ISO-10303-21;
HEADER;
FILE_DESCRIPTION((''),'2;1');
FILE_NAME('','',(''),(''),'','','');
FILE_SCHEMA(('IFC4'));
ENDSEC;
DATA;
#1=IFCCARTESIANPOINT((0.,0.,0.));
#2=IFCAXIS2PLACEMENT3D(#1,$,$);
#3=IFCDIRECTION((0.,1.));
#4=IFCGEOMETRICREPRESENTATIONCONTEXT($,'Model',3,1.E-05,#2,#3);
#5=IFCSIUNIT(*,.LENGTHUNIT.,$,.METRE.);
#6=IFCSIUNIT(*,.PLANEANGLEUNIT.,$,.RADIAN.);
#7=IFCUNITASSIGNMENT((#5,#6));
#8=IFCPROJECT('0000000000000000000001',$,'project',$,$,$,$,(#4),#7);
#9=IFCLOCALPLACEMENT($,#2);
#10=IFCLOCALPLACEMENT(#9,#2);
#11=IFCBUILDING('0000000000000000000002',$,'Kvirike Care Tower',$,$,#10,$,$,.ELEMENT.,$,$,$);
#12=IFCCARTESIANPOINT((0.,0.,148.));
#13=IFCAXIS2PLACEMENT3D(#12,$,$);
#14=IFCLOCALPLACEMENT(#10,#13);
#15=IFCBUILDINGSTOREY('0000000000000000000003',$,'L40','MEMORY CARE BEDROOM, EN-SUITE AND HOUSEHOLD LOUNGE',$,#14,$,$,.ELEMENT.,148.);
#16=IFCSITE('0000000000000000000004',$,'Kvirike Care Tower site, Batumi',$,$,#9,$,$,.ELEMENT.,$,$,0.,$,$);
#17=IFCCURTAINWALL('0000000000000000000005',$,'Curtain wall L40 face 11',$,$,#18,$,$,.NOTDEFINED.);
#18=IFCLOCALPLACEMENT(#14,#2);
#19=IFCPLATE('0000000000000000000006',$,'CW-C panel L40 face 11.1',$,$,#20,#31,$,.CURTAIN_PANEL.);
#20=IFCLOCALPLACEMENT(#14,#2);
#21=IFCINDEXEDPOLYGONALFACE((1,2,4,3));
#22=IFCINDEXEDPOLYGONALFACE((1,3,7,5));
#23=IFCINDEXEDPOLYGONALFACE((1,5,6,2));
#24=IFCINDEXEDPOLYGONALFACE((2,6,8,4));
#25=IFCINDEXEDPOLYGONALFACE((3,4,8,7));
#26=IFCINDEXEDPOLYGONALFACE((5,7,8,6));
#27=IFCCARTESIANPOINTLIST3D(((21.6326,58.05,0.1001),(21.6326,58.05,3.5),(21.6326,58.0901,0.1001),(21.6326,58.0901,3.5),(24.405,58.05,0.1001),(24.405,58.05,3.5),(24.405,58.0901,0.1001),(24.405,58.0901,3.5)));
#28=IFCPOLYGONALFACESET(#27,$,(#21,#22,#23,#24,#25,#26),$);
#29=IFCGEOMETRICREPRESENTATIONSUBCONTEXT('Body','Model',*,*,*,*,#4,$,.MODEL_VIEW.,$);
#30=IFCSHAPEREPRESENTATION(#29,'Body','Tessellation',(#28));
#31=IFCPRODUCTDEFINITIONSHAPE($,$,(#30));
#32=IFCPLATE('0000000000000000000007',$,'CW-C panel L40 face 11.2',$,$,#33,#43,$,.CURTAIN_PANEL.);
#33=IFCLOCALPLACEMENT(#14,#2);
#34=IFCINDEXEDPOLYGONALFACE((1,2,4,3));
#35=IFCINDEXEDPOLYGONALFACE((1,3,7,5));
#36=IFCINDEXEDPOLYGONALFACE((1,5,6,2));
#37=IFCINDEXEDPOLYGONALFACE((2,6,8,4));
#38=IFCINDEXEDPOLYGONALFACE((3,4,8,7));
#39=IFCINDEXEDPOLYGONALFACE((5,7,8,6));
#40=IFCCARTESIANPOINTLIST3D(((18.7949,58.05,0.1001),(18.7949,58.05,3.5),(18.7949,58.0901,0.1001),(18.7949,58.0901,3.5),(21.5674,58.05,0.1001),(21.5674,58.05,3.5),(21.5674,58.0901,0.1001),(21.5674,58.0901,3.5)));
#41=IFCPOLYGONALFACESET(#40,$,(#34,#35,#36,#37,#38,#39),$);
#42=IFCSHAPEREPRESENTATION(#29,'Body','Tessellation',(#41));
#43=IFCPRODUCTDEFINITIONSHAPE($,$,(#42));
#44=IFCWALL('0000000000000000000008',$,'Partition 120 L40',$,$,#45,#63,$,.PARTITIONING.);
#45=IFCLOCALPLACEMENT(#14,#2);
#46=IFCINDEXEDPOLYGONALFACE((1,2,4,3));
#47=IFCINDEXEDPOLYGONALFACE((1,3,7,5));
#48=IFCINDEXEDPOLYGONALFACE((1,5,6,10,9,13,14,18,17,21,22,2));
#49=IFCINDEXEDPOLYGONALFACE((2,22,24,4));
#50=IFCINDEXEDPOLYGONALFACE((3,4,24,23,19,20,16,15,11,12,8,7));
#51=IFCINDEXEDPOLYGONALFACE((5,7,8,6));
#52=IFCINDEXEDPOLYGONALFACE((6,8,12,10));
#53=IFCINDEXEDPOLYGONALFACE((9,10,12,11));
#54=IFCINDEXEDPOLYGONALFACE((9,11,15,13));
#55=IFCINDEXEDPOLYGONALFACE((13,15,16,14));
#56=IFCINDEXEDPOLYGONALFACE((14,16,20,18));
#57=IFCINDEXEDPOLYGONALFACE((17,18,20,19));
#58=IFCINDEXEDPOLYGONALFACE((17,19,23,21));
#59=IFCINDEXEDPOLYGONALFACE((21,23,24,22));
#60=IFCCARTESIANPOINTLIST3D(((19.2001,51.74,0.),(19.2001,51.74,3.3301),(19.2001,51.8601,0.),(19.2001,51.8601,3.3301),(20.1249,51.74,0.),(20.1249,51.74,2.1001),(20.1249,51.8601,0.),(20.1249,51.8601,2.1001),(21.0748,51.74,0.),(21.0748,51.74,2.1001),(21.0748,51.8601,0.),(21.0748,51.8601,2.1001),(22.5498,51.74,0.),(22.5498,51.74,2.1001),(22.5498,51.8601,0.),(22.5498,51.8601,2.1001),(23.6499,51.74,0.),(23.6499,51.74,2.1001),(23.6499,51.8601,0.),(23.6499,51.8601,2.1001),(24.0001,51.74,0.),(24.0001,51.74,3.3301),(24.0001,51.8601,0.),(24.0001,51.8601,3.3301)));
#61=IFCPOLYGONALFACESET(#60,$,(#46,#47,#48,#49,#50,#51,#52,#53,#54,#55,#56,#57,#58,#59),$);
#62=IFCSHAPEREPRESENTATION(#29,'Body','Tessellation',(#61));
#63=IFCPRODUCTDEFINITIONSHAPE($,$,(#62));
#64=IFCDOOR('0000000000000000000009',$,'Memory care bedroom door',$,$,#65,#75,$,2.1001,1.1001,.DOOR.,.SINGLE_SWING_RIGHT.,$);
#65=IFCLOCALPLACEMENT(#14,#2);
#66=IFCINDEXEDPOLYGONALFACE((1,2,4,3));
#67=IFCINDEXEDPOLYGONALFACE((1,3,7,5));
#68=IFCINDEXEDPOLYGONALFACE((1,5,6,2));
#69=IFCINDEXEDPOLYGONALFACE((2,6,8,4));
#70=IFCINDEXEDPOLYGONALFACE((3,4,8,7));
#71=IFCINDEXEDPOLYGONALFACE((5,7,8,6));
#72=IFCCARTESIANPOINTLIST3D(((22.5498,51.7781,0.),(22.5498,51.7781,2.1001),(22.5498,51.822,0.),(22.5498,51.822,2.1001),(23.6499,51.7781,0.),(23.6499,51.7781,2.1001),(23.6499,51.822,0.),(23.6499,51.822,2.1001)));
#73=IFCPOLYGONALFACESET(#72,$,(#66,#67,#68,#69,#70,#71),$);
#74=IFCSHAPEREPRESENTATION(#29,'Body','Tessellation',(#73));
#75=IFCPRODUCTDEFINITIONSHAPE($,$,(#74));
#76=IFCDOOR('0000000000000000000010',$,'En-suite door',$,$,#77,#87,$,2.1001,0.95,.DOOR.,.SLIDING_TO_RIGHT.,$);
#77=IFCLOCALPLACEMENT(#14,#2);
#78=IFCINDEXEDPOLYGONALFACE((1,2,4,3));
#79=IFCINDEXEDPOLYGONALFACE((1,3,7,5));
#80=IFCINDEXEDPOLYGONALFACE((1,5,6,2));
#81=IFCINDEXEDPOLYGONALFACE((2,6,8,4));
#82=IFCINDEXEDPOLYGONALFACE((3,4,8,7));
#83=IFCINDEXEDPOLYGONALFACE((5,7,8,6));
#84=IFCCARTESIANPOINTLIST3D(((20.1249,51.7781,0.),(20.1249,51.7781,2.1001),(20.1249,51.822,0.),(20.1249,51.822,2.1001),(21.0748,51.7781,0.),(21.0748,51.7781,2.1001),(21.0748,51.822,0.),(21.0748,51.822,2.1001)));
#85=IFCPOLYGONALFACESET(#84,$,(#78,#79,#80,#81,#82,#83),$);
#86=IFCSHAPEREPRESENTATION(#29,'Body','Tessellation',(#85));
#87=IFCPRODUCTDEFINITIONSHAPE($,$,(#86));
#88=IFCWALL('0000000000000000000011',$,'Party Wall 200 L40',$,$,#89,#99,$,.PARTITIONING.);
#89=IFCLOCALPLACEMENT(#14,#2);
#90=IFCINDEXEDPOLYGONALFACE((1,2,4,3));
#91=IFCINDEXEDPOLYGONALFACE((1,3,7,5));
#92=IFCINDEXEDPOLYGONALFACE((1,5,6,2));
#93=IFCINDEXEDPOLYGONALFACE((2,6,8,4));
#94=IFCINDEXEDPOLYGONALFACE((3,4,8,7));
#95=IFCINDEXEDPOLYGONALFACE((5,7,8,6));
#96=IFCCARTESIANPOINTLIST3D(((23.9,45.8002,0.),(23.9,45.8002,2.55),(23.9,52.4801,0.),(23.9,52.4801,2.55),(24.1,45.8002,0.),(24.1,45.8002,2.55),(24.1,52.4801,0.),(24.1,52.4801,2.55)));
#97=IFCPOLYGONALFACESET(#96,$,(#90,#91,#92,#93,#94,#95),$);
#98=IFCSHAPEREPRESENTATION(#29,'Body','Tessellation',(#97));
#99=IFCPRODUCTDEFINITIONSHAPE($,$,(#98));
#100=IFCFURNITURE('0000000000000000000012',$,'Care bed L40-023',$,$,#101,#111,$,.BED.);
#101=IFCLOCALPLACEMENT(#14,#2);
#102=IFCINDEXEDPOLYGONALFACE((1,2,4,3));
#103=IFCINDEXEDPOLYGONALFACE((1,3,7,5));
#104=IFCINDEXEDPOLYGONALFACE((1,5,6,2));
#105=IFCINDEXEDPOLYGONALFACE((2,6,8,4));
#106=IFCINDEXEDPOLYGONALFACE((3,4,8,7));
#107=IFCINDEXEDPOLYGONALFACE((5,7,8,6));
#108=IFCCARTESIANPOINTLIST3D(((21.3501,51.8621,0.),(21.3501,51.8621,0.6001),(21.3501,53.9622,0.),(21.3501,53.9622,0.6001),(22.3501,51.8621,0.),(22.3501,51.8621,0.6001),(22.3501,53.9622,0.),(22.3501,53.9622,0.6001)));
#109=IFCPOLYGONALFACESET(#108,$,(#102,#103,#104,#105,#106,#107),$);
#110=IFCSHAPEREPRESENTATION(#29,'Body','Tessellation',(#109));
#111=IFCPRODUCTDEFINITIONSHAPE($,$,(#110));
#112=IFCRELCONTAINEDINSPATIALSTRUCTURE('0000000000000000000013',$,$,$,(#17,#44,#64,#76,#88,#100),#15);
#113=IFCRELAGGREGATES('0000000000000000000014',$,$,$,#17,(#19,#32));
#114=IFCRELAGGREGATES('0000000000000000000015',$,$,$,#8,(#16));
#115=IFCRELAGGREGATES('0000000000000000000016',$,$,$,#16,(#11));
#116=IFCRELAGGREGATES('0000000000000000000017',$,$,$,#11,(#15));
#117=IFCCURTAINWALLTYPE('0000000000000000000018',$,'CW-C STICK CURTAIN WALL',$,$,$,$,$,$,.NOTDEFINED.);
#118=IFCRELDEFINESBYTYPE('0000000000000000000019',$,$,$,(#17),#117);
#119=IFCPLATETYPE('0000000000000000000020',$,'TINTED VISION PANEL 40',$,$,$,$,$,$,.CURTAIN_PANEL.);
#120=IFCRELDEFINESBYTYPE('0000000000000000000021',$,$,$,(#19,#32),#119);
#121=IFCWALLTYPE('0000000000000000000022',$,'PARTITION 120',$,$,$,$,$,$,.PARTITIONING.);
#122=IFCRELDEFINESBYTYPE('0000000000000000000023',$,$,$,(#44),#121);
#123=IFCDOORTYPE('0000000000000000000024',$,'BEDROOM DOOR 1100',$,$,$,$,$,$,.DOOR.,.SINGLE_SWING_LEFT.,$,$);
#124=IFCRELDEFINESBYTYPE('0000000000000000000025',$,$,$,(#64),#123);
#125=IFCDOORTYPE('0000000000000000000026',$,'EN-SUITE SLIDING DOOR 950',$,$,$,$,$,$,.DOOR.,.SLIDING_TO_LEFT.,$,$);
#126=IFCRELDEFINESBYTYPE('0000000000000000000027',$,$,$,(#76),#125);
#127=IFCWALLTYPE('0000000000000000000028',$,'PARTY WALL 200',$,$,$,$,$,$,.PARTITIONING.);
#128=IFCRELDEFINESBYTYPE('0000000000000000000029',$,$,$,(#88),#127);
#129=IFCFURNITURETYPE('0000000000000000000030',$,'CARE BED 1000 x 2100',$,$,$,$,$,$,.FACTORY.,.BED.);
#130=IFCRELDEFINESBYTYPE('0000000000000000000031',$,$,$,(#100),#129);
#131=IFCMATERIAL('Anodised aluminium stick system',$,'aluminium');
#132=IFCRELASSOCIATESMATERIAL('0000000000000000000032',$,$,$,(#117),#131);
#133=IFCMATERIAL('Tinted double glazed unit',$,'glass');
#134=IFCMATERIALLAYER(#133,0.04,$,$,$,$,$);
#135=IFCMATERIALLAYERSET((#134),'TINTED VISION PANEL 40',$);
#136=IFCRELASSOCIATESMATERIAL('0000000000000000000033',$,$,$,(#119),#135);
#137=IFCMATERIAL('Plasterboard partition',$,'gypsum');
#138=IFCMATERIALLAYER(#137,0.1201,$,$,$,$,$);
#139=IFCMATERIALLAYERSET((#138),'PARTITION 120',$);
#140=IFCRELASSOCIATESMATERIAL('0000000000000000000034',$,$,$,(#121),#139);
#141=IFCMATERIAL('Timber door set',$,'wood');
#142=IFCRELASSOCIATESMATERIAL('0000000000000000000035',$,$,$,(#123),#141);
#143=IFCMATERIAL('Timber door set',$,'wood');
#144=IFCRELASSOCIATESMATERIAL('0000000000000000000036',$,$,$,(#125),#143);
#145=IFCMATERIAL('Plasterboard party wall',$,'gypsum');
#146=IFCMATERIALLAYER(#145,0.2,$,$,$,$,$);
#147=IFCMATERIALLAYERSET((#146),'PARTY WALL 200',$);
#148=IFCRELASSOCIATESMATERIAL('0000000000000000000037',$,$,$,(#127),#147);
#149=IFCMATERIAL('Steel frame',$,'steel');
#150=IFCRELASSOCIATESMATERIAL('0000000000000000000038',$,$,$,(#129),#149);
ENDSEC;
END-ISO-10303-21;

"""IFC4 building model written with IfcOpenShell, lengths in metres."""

from ifc_helpers import new_model, si_unit, direction, frame, frame_2d, origin, origin_2d, place, context, subcontext, project, spatial, rectangle, extrude, material, layer, layer_set, type_object, element, fill, aggregate, save


model = new_model("IFC4")

# Units and contexts
model_context = context("Model", 3, precision=1e-05, world=origin(), true_north=direction((0.0, 1.0)))
body_context = subcontext(model_context, "Body", "Model", "MODEL_VIEW")
ifc_project = project(units=[si_unit("LENGTHUNIT", "METRE"), si_unit("PLANEANGLEUNIT", "RADIAN")], contexts=[model_context])

# Site, building, storey
site_placement = place(None, origin())
site = spatial("IfcSite", under=ifc_project, at=site_placement, Name="Kvirike Care Tower site, Batumi", CompositionType="ELEMENT", RefElevation=0.0)
building_placement = place(site_placement, origin())
building = spatial("IfcBuilding", under=site, at=building_placement, Name="Kvirike Care Tower", CompositionType="ELEMENT")
storey_placement = place(building_placement, frame((0.0, 0.0, 148.0)))
storey = spatial("IfcBuildingStorey", under=building, at=storey_placement, Name="L40", Description="MEMORY CARE BEDROOM, EN-SUITE AND HOUSEHOLD LOUNGE", CompositionType="ELEMENT", Elevation=148.0)

# Shared definitions
ifc_material_1 = material(Name="Anodised aluminium stick system", Category="aluminium")
curtain_wall_type = type_object("IfcCurtainWallType", Name="CW-C STICK CURTAIN WALL", PredefinedType="NOTDEFINED", material=ifc_material_1)

# Curtain wall
curtain_wall_1_placement = place(storey_placement, origin())
curtain_wall_1 = element("IfcCurtainWall", 1, at=curtain_wall_1_placement, inside=storey, type_object=curtain_wall_type, Name="Curtain wall L40 face 11", PredefinedType="NOTDEFINED")

# Plates
ifc_material_2 = material(Name="Tinted double glazed unit", Category="glass")
ifc_layer_1 = layer(ifc_material_2, 0.04)
ifc_layer_set_1 = layer_set([ifc_layer_1], Name="TINTED VISION PANEL 40")
plate_type = type_object("IfcPlateType", Name="TINTED VISION PANEL 40", PredefinedType="CURTAIN_PANEL", material=ifc_layer_set_1)
plate_1_placement = place(storey_placement, frame((23.0188, 58.0701, 0.1001), z_axis=(0.0, 0.0, 1.0), x_axis=(-1.0, 0.0, 0.0)))
plate_1 = element("IfcPlate", 2, at=plate_1_placement, type_object=plate_type, Name="CW-C panel L40 face 11.1", PredefinedType="CURTAIN_PANEL", context=body_context, shape_type="SweptSolid", body=[
    extrude(rectangle(XDim=2.7725, YDim=0.04, at=origin_2d()), origin(), (0.0, 0.0, 1.0), 3.3999),
])
plate_2_placement = place(storey_placement, frame((20.1812, 58.0701, 0.1001), z_axis=(0.0, 0.0, 1.0), x_axis=(-1.0, 0.0, 0.0)))
plate_2 = element("IfcPlate", 3, at=plate_2_placement, type_object=plate_type, Name="CW-C panel L40 face 11.2", PredefinedType="CURTAIN_PANEL", context=body_context, shape_type="SweptSolid", body=[
    extrude(rectangle(XDim=2.7725, YDim=0.04, at=origin_2d()), origin(), (0.0, 0.0, 1.0), 3.3999),
])
aggregate(curtain_wall_1, [plate_1, plate_2])

# Wall, openings, doors
ifc_material_3 = material(Name="Plasterboard partition", Category="gypsum")
ifc_layer_2 = layer(ifc_material_3, 0.1201)
ifc_layer_set_2 = layer_set([ifc_layer_2], Name="PARTITION 120")
wall_type_1 = type_object("IfcWallType", Name="PARTITION 120", PredefinedType="PARTITIONING", material=ifc_layer_set_2)
wall_1_placement = place(storey_placement, frame((24.0, 51.8, 0.0), z_axis=(0.0, 0.0, 1.0), x_axis=(-1.0, 0.0, 0.0)))
wall_1 = element("IfcWall", 4, at=wall_1_placement, inside=storey, type_object=wall_type_1, Name="Partition 120 L40", PredefinedType="PARTITIONING", context=body_context, shape_type="SweptSolid", body=[
    extrude(rectangle(XDim=4.8, YDim=0.1201, at=frame_2d((2.3999, 0.0))), origin(), (0.0, 0.0, 1.0), 3.3301),
])
opening_1_placement = place(wall_1_placement, frame((0.3501, 0.0, 0.0)))
opening_1 = element("IfcOpeningElement", 5, at=opening_1_placement, cuts=wall_1, PredefinedType="OPENING", context=body_context, shape_type="SweptSolid", body=[
    extrude(rectangle(XDim=1.1001, YDim=2.1001, at=frame_2d((0.55, 1.05))), frame((0.0, 0.0706, 0.0), z_axis=(0.0, -1.0, 0.0), x_axis=(1.0, 0.0, 0.0)), (0.0, 0.0, 1.0), 0.1411),
])
opening_2_placement = place(wall_1_placement, frame((2.925, 0.0, 0.0)))
opening_2 = element("IfcOpeningElement", 6, at=opening_2_placement, cuts=wall_1, PredefinedType="OPENING", context=body_context, shape_type="SweptSolid", body=[
    extrude(rectangle(XDim=0.95, YDim=2.1001, at=frame_2d((0.4751, 1.05))), frame((0.0, 0.0706, 0.0), z_axis=(0.0, -1.0, 0.0), x_axis=(1.0, 0.0, 0.0)), (0.0, 0.0, 1.0), 0.1411),
])
ifc_material_4 = material(Name="Timber door set", Category="wood")
door_type_1 = type_object("IfcDoorType", Name="BEDROOM DOOR 1100", OperationType="SINGLE_SWING_LEFT", PredefinedType="DOOR", material=ifc_material_4)
door_1_placement = place(opening_1_placement, origin())
door_1 = element("IfcDoor", 7, at=door_1_placement, inside=storey, type_object=door_type_1, Name="Memory care bedroom door", OperationType="SINGLE_SWING_RIGHT", OverallHeight=2.1001, OverallWidth=1.1001, PredefinedType="DOOR", context=body_context, shape_type="SweptSolid", body=[
    extrude(rectangle(XDim=1.1001, YDim=2.1001, at=frame_2d((0.55, 1.05))), frame((0.0, 0.022, 0.0), z_axis=(0.0, -1.0, 0.0), x_axis=(1.0, 0.0, 0.0)), (0.0, 0.0, 1.0), 0.0439),
])
fill(opening_1, door_1)
ifc_material_5 = material(Name="Timber door set", Category="wood")
door_type_2 = type_object("IfcDoorType", Name="EN-SUITE SLIDING DOOR 950", OperationType="SLIDING_TO_LEFT", PredefinedType="DOOR", material=ifc_material_5)
door_2_placement = place(opening_2_placement, origin())
door_2 = element("IfcDoor", 8, at=door_2_placement, inside=storey, type_object=door_type_2, Name="En-suite door", OperationType="SLIDING_TO_RIGHT", OverallHeight=2.1001, OverallWidth=0.95, PredefinedType="DOOR", context=body_context, shape_type="SweptSolid", body=[
    extrude(rectangle(XDim=0.95, YDim=2.1001, at=frame_2d((0.4751, 1.05))), frame((0.0, 0.022, 0.0), z_axis=(0.0, -1.0, 0.0), x_axis=(1.0, 0.0, 0.0)), (0.0, 0.0, 1.0), 0.0439),
])
fill(opening_2, door_2)

# Wall
ifc_material_6 = material(Name="Plasterboard party wall", Category="gypsum")
ifc_layer_3 = layer(ifc_material_6, 0.2)
ifc_layer_set_3 = layer_set([ifc_layer_3], Name="PARTY WALL 200")
wall_type_2 = type_object("IfcWallType", Name="PARTY WALL 200", PredefinedType="PARTITIONING", material=ifc_layer_set_3)
wall_2_placement = place(storey_placement, frame((24.0, 52.48, 0.0), z_axis=(0.0, 0.0, 1.0), x_axis=(0.0, -1.0, 0.0)))
element("IfcWall", 9, at=wall_2_placement, inside=storey, type_object=wall_type_2, Name="Party Wall 200 L40", PredefinedType="PARTITIONING", context=body_context, shape_type="SweptSolid", body=[
    extrude(rectangle(XDim=6.6799, YDim=0.2, at=frame_2d((3.3398, 0.0))), origin(), (0.0, 0.0, 1.0), 2.55),
])

# Furniture
ifc_material_7 = material(Name="Steel frame", Category="steel")
furniture_type = type_object("IfcFurnitureType", Name="CARE BED 1000 x 2100", AssemblyPlace="FACTORY", PredefinedType="BED", material=ifc_material_7)
furniture_placement = place(storey_placement, frame((21.8501, 52.9121, 0.0), z_axis=(0.0, 0.0, 1.0), x_axis=(-1.0, 0.0, 0.0)))
element("IfcFurniture", 10, at=furniture_placement, inside=storey, type_object=furniture_type, Name="Care bed L40-023", PredefinedType="BED", context=body_context, shape_type="SweptSolid", body=[
    extrude(rectangle(XDim=1.0, YDim=2.1001, at=origin_2d()), origin(), (0.0, 0.0, 1.0), 0.6001),
])

save(model, "model.ifc")
